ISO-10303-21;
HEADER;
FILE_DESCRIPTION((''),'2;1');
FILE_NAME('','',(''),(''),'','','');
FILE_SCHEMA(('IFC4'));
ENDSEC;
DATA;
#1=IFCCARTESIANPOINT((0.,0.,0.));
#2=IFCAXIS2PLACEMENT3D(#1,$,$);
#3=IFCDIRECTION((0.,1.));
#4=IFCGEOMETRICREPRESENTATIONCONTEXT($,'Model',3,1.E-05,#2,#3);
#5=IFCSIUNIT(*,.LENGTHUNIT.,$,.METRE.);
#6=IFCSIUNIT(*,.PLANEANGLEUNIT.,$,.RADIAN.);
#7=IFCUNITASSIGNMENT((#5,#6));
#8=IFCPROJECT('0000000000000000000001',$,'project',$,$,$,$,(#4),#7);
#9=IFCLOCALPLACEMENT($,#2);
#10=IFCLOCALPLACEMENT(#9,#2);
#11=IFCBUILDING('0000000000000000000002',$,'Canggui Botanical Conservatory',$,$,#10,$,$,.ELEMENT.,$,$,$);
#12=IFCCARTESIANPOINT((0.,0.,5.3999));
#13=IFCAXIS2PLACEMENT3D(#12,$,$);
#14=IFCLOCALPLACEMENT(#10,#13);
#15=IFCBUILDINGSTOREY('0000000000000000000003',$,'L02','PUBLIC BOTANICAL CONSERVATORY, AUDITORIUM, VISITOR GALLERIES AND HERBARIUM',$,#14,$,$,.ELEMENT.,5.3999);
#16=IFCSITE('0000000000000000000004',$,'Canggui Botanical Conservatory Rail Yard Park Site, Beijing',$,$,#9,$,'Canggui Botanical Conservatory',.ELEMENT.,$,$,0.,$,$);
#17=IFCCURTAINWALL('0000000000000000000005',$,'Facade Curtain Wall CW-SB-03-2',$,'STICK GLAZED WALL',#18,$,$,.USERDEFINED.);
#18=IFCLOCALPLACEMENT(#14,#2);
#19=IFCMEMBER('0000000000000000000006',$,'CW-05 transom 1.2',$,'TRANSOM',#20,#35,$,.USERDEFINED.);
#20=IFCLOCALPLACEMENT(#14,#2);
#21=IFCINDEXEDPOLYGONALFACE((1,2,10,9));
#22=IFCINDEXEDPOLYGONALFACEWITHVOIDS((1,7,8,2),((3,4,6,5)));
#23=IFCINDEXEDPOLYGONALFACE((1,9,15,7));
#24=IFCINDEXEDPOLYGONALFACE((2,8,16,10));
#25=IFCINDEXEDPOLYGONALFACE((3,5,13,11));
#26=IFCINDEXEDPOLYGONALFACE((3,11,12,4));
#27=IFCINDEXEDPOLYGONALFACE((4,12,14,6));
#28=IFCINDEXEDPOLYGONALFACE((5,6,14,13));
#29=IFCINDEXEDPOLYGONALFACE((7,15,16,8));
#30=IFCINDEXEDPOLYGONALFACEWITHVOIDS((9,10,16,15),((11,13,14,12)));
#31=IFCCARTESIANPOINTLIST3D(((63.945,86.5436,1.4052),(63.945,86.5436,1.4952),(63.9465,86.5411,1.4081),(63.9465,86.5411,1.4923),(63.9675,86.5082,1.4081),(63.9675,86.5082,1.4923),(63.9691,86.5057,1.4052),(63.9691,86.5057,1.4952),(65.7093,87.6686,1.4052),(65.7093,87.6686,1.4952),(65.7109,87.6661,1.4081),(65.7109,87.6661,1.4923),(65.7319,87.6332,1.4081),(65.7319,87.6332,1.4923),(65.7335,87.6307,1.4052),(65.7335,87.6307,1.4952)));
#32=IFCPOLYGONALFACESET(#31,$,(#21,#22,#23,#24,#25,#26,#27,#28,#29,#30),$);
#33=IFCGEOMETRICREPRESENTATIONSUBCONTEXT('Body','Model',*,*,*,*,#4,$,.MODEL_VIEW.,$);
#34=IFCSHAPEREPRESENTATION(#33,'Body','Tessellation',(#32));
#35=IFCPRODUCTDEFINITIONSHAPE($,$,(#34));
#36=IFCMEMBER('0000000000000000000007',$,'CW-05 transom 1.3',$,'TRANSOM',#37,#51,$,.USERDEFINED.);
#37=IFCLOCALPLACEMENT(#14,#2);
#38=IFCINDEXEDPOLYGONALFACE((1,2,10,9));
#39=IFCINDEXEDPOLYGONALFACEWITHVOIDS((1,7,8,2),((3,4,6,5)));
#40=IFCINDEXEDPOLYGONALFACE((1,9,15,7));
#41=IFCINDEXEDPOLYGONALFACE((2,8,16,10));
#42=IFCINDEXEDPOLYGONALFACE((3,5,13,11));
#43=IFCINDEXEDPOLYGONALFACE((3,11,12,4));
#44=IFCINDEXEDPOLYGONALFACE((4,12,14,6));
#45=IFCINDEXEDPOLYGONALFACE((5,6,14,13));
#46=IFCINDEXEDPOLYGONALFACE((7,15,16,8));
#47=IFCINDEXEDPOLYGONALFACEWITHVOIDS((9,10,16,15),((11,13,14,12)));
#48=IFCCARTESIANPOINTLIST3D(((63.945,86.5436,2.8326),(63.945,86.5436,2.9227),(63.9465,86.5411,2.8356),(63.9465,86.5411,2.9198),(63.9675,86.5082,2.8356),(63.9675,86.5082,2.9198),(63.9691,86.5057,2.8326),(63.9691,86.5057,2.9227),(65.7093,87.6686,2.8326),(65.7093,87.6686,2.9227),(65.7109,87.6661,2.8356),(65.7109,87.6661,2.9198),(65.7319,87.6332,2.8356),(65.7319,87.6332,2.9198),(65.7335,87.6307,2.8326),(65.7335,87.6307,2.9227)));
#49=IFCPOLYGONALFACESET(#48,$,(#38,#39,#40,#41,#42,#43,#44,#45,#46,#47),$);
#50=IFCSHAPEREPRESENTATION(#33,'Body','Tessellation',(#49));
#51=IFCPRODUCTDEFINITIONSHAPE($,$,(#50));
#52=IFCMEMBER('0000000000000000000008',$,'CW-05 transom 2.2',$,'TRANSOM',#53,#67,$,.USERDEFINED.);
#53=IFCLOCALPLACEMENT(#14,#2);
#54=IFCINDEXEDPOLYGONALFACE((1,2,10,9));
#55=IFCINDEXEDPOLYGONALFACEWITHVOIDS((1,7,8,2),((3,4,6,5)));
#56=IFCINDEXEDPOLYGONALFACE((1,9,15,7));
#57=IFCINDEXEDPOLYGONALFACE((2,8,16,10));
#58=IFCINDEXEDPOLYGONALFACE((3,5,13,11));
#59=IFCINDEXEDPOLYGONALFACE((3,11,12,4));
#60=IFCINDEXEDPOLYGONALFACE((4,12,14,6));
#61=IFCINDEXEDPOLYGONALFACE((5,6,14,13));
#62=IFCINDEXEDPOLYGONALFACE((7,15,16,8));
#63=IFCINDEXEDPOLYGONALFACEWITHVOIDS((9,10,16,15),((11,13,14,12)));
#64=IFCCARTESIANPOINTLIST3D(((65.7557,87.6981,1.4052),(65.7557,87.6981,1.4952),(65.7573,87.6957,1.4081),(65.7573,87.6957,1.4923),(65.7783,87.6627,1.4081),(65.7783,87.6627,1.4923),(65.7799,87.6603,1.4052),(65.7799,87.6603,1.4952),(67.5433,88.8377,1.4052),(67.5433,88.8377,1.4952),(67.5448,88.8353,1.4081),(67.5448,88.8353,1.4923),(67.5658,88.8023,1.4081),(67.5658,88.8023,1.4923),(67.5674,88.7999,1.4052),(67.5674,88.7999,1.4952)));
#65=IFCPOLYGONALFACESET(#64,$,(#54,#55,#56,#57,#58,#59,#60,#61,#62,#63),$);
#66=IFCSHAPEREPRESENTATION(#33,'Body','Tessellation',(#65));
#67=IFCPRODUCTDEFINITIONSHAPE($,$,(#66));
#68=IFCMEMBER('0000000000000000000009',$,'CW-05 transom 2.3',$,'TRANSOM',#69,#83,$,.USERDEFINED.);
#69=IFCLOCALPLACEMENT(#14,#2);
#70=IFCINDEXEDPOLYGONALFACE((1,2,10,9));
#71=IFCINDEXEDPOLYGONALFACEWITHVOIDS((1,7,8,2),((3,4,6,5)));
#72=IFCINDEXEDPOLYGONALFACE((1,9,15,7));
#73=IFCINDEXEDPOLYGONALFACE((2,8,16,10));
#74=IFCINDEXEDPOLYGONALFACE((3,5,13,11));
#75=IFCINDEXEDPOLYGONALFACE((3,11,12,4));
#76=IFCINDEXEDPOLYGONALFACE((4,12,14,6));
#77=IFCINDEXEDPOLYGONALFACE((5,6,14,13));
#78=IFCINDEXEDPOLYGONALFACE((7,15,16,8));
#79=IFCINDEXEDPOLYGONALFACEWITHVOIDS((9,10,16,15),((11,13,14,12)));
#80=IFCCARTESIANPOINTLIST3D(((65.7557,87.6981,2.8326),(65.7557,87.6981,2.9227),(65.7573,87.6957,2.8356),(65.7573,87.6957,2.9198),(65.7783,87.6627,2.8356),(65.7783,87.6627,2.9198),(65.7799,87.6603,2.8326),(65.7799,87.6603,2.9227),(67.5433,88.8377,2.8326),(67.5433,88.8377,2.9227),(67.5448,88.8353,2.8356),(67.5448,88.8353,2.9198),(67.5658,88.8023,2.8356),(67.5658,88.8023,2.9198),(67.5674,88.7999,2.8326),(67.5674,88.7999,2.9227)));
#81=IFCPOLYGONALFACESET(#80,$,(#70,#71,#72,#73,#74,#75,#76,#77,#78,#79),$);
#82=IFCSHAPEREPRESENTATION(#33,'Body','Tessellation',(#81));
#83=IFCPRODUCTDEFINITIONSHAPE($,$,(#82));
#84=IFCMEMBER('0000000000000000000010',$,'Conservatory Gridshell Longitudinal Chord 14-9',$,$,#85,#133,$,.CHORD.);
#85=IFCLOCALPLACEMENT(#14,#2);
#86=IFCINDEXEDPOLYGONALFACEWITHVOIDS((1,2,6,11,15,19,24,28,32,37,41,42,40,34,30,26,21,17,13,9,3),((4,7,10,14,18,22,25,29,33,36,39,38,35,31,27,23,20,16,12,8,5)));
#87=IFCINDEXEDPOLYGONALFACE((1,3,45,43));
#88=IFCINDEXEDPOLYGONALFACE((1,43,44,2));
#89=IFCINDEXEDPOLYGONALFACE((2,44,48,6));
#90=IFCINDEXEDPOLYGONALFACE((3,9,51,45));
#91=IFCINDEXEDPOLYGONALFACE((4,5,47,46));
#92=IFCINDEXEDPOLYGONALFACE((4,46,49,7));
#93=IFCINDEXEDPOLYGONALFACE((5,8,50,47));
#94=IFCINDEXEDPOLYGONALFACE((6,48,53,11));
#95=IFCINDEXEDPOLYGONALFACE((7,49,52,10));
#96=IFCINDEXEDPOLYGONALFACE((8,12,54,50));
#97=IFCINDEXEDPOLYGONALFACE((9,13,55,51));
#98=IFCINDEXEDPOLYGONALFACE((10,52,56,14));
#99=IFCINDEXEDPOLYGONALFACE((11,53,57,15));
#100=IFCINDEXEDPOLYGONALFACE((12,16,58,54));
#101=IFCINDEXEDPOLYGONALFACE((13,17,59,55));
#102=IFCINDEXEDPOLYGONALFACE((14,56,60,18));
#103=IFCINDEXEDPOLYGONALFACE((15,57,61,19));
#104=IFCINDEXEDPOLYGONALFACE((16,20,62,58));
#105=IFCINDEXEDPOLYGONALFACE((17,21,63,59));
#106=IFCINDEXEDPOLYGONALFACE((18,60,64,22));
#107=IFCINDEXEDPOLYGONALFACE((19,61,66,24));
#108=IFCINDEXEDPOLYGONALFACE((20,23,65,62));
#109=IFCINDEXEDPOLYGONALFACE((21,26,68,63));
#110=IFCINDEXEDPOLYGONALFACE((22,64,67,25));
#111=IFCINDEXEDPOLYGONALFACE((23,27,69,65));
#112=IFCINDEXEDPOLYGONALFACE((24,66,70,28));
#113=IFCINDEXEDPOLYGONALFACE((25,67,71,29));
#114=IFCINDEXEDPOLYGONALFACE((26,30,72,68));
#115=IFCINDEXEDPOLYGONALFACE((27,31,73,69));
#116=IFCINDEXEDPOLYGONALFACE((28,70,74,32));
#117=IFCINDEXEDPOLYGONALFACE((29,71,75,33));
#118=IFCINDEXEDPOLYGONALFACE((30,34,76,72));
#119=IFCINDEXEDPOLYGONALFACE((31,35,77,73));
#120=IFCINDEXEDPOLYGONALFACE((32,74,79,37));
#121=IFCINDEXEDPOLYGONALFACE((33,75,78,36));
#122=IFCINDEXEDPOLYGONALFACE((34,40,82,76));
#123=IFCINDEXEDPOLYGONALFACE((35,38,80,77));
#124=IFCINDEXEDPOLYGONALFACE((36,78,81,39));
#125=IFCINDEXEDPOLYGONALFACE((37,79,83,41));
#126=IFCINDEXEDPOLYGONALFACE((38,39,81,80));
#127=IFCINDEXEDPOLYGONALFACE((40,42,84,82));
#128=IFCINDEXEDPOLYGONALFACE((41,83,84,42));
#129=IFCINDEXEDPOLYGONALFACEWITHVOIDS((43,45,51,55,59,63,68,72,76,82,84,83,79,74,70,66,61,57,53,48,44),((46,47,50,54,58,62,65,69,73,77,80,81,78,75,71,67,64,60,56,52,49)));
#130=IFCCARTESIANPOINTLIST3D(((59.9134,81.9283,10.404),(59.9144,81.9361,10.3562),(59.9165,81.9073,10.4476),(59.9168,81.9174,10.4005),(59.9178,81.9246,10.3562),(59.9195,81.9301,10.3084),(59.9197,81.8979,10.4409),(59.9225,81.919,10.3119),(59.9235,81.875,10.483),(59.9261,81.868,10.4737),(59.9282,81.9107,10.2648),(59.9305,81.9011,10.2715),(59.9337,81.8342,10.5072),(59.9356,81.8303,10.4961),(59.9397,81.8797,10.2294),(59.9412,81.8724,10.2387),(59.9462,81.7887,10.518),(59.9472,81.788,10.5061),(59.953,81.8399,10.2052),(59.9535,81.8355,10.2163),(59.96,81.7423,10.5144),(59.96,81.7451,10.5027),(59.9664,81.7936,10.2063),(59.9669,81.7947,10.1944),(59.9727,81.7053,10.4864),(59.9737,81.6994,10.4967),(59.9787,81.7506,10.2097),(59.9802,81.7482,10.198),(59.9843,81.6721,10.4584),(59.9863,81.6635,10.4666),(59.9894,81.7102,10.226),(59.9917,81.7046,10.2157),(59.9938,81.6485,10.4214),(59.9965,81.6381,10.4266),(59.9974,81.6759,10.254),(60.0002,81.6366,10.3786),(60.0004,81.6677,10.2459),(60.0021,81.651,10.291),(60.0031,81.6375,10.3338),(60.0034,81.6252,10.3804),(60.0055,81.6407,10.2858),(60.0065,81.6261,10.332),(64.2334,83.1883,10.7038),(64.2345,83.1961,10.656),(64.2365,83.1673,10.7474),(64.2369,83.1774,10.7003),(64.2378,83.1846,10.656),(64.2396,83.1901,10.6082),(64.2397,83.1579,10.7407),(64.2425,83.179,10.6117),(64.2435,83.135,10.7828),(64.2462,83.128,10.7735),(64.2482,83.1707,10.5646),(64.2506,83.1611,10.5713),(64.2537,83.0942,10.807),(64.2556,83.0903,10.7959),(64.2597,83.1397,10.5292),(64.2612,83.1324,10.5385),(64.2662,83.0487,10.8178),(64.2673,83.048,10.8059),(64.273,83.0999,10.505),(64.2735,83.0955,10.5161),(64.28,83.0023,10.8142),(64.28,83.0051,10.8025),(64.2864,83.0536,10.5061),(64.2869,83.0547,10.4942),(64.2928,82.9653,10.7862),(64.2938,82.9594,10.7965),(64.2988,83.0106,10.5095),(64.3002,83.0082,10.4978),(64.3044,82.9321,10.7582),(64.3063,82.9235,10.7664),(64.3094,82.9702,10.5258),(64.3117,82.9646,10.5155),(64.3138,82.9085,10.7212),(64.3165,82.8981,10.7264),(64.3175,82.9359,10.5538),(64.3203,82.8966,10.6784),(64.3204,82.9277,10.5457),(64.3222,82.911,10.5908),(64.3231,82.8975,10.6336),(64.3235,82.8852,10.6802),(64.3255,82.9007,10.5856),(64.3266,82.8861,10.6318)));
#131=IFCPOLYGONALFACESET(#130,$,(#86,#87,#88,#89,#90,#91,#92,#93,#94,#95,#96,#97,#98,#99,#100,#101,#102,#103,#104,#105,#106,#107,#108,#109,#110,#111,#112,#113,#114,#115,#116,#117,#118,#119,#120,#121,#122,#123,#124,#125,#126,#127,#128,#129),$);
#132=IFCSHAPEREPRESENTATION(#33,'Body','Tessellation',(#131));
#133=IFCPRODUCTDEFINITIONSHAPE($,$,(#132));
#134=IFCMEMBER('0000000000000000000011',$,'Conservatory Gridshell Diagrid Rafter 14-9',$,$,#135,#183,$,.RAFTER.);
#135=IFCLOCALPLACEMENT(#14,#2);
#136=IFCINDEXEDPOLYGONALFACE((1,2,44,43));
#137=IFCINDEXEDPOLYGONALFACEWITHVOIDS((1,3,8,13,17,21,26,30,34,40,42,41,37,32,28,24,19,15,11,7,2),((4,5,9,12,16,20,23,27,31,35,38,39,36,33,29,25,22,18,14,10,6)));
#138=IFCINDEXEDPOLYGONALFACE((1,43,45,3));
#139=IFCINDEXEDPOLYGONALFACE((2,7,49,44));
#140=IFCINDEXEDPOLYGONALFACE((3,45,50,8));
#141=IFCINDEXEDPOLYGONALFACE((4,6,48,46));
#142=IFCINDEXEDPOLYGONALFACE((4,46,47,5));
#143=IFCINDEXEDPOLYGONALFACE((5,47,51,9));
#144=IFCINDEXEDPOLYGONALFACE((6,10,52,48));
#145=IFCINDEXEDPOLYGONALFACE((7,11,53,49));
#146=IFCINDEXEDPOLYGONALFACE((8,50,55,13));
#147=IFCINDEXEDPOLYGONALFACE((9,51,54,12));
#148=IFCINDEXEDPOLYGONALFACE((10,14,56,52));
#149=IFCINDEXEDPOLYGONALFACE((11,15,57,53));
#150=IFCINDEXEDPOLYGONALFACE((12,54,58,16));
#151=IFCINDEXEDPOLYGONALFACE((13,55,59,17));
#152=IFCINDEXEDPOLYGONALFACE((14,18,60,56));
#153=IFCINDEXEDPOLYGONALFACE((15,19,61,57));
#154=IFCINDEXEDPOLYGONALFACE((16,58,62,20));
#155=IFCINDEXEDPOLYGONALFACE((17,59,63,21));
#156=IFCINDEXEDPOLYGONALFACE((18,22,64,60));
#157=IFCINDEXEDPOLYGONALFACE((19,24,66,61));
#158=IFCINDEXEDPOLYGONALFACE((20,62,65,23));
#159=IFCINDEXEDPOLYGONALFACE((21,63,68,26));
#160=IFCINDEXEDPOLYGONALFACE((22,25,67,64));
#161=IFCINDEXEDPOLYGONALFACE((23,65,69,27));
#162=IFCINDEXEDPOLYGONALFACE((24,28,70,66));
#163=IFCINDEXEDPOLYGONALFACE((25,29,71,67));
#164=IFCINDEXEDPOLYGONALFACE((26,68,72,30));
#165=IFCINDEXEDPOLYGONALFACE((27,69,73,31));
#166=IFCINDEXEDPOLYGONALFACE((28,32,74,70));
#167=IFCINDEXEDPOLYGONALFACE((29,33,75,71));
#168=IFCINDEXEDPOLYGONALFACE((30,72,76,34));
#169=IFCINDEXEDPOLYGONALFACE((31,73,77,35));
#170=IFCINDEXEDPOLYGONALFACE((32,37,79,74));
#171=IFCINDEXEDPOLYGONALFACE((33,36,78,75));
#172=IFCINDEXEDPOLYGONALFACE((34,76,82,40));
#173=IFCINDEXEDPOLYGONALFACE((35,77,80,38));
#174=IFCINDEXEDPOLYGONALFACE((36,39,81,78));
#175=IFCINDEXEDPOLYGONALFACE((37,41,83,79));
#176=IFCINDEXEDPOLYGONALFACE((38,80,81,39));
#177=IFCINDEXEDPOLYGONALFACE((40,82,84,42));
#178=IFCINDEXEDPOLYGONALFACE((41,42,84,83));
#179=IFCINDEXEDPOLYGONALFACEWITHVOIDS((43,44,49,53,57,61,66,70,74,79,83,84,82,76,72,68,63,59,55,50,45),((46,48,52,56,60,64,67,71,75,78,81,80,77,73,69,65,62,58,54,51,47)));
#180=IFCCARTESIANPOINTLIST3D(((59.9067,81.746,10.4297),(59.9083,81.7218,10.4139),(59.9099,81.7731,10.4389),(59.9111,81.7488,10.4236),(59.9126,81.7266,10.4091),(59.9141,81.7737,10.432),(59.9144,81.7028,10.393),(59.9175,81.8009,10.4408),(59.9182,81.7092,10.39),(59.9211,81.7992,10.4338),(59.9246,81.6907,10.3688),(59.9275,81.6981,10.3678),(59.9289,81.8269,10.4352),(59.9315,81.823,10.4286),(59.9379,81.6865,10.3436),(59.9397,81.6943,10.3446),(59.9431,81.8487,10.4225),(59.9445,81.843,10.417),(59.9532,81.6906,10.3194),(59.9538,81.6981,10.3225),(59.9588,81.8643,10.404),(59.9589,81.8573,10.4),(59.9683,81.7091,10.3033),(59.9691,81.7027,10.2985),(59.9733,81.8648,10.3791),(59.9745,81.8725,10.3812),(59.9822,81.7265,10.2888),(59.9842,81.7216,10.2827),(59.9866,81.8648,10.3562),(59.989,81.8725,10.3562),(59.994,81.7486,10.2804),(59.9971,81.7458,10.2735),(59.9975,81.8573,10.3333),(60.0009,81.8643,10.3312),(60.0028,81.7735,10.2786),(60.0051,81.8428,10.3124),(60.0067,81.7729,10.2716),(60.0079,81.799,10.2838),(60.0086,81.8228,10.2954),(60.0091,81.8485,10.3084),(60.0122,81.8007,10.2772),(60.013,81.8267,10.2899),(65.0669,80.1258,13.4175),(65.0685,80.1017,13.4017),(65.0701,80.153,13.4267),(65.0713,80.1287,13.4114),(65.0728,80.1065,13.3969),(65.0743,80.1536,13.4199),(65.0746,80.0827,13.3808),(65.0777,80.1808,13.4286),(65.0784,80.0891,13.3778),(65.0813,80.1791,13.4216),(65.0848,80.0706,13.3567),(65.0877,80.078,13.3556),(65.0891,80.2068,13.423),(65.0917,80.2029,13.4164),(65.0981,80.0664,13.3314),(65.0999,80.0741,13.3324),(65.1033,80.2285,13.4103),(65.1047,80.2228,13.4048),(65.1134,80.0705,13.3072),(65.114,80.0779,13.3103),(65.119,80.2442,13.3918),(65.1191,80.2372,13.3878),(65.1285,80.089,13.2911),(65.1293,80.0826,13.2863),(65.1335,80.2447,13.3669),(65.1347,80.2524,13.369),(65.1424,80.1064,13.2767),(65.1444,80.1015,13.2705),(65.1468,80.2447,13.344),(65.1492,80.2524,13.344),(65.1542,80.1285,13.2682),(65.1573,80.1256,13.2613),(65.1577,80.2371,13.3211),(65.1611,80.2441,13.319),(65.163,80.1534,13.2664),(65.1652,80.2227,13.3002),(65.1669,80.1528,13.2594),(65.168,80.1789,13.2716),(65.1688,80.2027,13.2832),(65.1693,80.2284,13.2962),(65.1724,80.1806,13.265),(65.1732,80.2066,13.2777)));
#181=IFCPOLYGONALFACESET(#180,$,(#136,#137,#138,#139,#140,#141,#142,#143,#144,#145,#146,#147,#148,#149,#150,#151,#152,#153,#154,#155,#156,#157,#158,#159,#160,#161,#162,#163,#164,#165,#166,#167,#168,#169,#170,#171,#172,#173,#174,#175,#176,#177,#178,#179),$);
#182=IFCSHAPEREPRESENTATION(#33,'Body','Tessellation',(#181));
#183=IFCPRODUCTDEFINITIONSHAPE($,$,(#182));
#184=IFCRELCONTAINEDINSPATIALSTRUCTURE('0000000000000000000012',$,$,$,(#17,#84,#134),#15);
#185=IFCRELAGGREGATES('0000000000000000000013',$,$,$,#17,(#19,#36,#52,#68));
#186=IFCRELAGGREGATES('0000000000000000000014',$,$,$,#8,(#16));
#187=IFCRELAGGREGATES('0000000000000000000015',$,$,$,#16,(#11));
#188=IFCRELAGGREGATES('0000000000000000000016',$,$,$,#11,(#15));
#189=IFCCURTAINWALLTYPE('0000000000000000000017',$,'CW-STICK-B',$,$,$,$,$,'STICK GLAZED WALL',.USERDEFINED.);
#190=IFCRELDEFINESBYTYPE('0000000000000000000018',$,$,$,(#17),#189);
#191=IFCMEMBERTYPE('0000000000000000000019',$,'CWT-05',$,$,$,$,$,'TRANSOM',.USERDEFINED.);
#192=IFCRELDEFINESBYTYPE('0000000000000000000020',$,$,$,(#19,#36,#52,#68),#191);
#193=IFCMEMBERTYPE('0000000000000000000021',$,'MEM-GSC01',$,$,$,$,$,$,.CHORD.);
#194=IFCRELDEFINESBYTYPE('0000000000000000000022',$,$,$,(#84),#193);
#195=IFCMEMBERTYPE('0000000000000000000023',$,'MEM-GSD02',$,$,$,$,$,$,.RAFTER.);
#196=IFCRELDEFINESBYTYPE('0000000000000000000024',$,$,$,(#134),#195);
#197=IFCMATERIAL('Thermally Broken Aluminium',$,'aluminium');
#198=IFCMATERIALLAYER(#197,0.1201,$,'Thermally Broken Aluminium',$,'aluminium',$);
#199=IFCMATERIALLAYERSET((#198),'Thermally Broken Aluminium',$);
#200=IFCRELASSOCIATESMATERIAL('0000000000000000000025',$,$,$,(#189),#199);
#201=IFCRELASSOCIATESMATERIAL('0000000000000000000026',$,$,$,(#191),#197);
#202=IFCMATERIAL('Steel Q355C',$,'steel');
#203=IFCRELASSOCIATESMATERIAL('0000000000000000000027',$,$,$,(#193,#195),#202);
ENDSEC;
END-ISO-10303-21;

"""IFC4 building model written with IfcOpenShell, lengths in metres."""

from ifc_helpers import new_model, si_unit, direction, frame, origin, origin_2d, place, context, subcontext, project, spatial, hollow_rectangle, hollow_circle, extrude, material, layer, layer_set, material_profile, profile_set, type_object, element, aggregate, save


model = new_model("IFC4")

# Units and contexts
model_context = context("Model", 3, precision=1e-05, world=origin(), true_north=direction((0.0, 1.0)))
body_context = subcontext(model_context, "Body", "Model", "MODEL_VIEW")
ifc_project = project(units=[si_unit("LENGTHUNIT", "METRE"), si_unit("PLANEANGLEUNIT", "RADIAN")], contexts=[model_context])

# Site, building, storey
site_placement = place(None, origin())
site = spatial("IfcSite", under=ifc_project, at=site_placement, Name="Canggui Botanical Conservatory Rail Yard Park Site, Beijing", LongName="Canggui Botanical Conservatory", CompositionType="ELEMENT", RefElevation=0.0)
building_placement = place(site_placement, origin())
building = spatial("IfcBuilding", under=site, at=building_placement, Name="Canggui Botanical Conservatory", CompositionType="ELEMENT")
storey_placement = place(building_placement, frame((0.0, 0.0, 5.3999)))
storey = spatial("IfcBuildingStorey", under=building, at=storey_placement, Name="L02", Description="PUBLIC BOTANICAL CONSERVATORY, AUDITORIUM, VISITOR GALLERIES AND HERBARIUM", CompositionType="ELEMENT", Elevation=5.3999)

# Shared definitions
ifc_material_1 = material(Name="Steel Q355C", Category="steel")

# Curtain wall, members
ifc_material_2 = material(Name="Thermally Broken Aluminium", Category="aluminium")
ifc_layer_1 = layer(ifc_material_2, 0.1201, Name="Thermally Broken Aluminium", Category="aluminium")
ifc_layer_set_1 = layer_set([ifc_layer_1], Name="Thermally Broken Aluminium")
curtain_wall_type_1 = type_object("IfcCurtainWallType", Name="CW-STICK-B", ElementType="STICK GLAZED WALL", PredefinedType="USERDEFINED", material=ifc_layer_set_1)
ifc_material_profile_1 = material_profile(ifc_material_2, hollow_rectangle(XDim=0.0449, YDim=0.0901, WallThickness=0.0029, at=origin_2d()), Name="CWT 45x90x3")
ifc_profile_set_1 = profile_set([ifc_material_profile_1], Name="Thermally Broken Aluminium")
member_type_1 = type_object("IfcMemberType", Name="CWT-05", ElementType="TRANSOM", PredefinedType="USERDEFINED", material=ifc_profile_set_1)
curtain_wall_1_placement = place(storey_placement, origin())
curtain_wall_1 = element("IfcCurtainWall", 1, at=curtain_wall_1_placement, inside=storey, type_object=curtain_wall_type_1, Name="Facade Curtain Wall CW-SB-03-2", ObjectType="STICK GLAZED WALL", PredefinedType="USERDEFINED")
member_1_placement = place(storey_placement, frame((63.957, 86.5247, 1.4502), z_axis=(0.843186, 0.537623, 0.0), x_axis=(-0.537623, 0.843186, 0.0)))
member_1 = element("IfcMember", 2, at=member_1_placement, type_object=member_type_1, Name="CW-05 transom 1.2", ObjectType="TRANSOM", PredefinedType="USERDEFINED", context=body_context, shape_type="SweptSolid", body=[
    extrude(hollow_rectangle(XDim=0.0449, YDim=0.0901, WallThickness=0.0029, at=origin_2d()), origin(), (0.0, 0.0, 1.0), 2.0925),
])
member_2_placement = place(storey_placement, frame((63.957, 86.5247, 2.8777), z_axis=(0.843186, 0.537623, 0.0), x_axis=(-0.537623, 0.843186, 0.0)))
member_2 = element("IfcMember", 3, at=member_2_placement, type_object=member_type_1, Name="CW-05 transom 1.3", ObjectType="TRANSOM", PredefinedType="USERDEFINED", context=body_context, shape_type="SweptSolid", body=[
    extrude(hollow_rectangle(XDim=0.0449, YDim=0.0901, WallThickness=0.0029, at=origin_2d()), origin(), (0.0, 0.0, 1.0), 2.0925),
])
member_3_placement = place(storey_placement, frame((65.7678, 87.6792, 1.4502), z_axis=(0.843215, 0.537576, 0.0), x_axis=(-0.537576, 0.843215, 0.0)))
member_3 = element("IfcMember", 4, at=member_3_placement, type_object=member_type_1, Name="CW-05 transom 2.2", ObjectType="TRANSOM", PredefinedType="USERDEFINED", context=body_context, shape_type="SweptSolid", body=[
    extrude(hollow_rectangle(XDim=0.0449, YDim=0.0901, WallThickness=0.0029, at=origin_2d()), origin(), (0.0, 0.0, 1.0), 2.1199),
])
member_4_placement = place(storey_placement, frame((65.7678, 87.6792, 2.8777), z_axis=(0.843215, 0.537576, 0.0), x_axis=(-0.537576, 0.843215, 0.0)))
member_4 = element("IfcMember", 5, at=member_4_placement, type_object=member_type_1, Name="CW-05 transom 2.3", ObjectType="TRANSOM", PredefinedType="USERDEFINED", context=body_context, shape_type="SweptSolid", body=[
    extrude(hollow_rectangle(XDim=0.0449, YDim=0.0901, WallThickness=0.0029, at=origin_2d()), origin(), (0.0, 0.0, 1.0), 2.1199),
])

# Members
ifc_material_profile_2 = material_profile(ifc_material_1, hollow_circle(Radius=0.1626, WallThickness=0.012, at=origin_2d()), Name="CHS 325x12")
ifc_profile_set_2 = profile_set([ifc_material_profile_2], Name="Steel Q355C")
member_type_2 = type_object("IfcMemberType", Name="MEM-GSC01", PredefinedType="CHORD", material=ifc_profile_set_2)
member_5_placement = place(storey_placement, frame((59.96, 81.78, 10.3562), z_axis=(0.957877, 0.279379, 0.066475), x_axis=(-0.279998, 0.960001, 0.0)))
element("IfcMember", 6, at=member_5_placement, inside=storey, type_object=member_type_2, Name="Conservatory Gridshell Longitudinal Chord 14-9", PredefinedType="CHORD", context=body_context, shape_type="SweptSolid", body=[
    extrude(hollow_circle(Radius=0.1626, WallThickness=0.012, at=origin_2d()), origin(), (0.0, 0.0, 1.0), 4.51),
])
ifc_material_profile_3 = material_profile(ifc_material_1, hollow_circle(Radius=0.0969, WallThickness=0.0081, at=origin_2d()), Name="CHS 194x8")
ifc_profile_set_3 = profile_set([ifc_material_profile_3], Name="Steel Q355C")
member_type_3 = type_object("IfcMemberType", Name="MEM-GSD02", PredefinedType="RAFTER", material=ifc_profile_set_3)
member_6_placement = place(storey_placement, frame((59.96, 81.78, 10.3562), z_axis=(0.835124, -0.262201, 0.483547), x_axis=(0.29955, 0.954081, 0.0)))
element("IfcMember", 7, at=member_6_placement, inside=storey, type_object=member_type_3, Name="Conservatory Gridshell Diagrid Rafter 14-9", PredefinedType="RAFTER", context=body_context, shape_type="SweptSolid", body=[
    extrude(hollow_circle(Radius=0.0969, WallThickness=0.0081, at=origin_2d()), origin(), (0.0, 0.0, 1.0), 6.179),
])

aggregate(curtain_wall_1, [member_1, member_2, member_3, member_4])

save(model, "model.ifc")
